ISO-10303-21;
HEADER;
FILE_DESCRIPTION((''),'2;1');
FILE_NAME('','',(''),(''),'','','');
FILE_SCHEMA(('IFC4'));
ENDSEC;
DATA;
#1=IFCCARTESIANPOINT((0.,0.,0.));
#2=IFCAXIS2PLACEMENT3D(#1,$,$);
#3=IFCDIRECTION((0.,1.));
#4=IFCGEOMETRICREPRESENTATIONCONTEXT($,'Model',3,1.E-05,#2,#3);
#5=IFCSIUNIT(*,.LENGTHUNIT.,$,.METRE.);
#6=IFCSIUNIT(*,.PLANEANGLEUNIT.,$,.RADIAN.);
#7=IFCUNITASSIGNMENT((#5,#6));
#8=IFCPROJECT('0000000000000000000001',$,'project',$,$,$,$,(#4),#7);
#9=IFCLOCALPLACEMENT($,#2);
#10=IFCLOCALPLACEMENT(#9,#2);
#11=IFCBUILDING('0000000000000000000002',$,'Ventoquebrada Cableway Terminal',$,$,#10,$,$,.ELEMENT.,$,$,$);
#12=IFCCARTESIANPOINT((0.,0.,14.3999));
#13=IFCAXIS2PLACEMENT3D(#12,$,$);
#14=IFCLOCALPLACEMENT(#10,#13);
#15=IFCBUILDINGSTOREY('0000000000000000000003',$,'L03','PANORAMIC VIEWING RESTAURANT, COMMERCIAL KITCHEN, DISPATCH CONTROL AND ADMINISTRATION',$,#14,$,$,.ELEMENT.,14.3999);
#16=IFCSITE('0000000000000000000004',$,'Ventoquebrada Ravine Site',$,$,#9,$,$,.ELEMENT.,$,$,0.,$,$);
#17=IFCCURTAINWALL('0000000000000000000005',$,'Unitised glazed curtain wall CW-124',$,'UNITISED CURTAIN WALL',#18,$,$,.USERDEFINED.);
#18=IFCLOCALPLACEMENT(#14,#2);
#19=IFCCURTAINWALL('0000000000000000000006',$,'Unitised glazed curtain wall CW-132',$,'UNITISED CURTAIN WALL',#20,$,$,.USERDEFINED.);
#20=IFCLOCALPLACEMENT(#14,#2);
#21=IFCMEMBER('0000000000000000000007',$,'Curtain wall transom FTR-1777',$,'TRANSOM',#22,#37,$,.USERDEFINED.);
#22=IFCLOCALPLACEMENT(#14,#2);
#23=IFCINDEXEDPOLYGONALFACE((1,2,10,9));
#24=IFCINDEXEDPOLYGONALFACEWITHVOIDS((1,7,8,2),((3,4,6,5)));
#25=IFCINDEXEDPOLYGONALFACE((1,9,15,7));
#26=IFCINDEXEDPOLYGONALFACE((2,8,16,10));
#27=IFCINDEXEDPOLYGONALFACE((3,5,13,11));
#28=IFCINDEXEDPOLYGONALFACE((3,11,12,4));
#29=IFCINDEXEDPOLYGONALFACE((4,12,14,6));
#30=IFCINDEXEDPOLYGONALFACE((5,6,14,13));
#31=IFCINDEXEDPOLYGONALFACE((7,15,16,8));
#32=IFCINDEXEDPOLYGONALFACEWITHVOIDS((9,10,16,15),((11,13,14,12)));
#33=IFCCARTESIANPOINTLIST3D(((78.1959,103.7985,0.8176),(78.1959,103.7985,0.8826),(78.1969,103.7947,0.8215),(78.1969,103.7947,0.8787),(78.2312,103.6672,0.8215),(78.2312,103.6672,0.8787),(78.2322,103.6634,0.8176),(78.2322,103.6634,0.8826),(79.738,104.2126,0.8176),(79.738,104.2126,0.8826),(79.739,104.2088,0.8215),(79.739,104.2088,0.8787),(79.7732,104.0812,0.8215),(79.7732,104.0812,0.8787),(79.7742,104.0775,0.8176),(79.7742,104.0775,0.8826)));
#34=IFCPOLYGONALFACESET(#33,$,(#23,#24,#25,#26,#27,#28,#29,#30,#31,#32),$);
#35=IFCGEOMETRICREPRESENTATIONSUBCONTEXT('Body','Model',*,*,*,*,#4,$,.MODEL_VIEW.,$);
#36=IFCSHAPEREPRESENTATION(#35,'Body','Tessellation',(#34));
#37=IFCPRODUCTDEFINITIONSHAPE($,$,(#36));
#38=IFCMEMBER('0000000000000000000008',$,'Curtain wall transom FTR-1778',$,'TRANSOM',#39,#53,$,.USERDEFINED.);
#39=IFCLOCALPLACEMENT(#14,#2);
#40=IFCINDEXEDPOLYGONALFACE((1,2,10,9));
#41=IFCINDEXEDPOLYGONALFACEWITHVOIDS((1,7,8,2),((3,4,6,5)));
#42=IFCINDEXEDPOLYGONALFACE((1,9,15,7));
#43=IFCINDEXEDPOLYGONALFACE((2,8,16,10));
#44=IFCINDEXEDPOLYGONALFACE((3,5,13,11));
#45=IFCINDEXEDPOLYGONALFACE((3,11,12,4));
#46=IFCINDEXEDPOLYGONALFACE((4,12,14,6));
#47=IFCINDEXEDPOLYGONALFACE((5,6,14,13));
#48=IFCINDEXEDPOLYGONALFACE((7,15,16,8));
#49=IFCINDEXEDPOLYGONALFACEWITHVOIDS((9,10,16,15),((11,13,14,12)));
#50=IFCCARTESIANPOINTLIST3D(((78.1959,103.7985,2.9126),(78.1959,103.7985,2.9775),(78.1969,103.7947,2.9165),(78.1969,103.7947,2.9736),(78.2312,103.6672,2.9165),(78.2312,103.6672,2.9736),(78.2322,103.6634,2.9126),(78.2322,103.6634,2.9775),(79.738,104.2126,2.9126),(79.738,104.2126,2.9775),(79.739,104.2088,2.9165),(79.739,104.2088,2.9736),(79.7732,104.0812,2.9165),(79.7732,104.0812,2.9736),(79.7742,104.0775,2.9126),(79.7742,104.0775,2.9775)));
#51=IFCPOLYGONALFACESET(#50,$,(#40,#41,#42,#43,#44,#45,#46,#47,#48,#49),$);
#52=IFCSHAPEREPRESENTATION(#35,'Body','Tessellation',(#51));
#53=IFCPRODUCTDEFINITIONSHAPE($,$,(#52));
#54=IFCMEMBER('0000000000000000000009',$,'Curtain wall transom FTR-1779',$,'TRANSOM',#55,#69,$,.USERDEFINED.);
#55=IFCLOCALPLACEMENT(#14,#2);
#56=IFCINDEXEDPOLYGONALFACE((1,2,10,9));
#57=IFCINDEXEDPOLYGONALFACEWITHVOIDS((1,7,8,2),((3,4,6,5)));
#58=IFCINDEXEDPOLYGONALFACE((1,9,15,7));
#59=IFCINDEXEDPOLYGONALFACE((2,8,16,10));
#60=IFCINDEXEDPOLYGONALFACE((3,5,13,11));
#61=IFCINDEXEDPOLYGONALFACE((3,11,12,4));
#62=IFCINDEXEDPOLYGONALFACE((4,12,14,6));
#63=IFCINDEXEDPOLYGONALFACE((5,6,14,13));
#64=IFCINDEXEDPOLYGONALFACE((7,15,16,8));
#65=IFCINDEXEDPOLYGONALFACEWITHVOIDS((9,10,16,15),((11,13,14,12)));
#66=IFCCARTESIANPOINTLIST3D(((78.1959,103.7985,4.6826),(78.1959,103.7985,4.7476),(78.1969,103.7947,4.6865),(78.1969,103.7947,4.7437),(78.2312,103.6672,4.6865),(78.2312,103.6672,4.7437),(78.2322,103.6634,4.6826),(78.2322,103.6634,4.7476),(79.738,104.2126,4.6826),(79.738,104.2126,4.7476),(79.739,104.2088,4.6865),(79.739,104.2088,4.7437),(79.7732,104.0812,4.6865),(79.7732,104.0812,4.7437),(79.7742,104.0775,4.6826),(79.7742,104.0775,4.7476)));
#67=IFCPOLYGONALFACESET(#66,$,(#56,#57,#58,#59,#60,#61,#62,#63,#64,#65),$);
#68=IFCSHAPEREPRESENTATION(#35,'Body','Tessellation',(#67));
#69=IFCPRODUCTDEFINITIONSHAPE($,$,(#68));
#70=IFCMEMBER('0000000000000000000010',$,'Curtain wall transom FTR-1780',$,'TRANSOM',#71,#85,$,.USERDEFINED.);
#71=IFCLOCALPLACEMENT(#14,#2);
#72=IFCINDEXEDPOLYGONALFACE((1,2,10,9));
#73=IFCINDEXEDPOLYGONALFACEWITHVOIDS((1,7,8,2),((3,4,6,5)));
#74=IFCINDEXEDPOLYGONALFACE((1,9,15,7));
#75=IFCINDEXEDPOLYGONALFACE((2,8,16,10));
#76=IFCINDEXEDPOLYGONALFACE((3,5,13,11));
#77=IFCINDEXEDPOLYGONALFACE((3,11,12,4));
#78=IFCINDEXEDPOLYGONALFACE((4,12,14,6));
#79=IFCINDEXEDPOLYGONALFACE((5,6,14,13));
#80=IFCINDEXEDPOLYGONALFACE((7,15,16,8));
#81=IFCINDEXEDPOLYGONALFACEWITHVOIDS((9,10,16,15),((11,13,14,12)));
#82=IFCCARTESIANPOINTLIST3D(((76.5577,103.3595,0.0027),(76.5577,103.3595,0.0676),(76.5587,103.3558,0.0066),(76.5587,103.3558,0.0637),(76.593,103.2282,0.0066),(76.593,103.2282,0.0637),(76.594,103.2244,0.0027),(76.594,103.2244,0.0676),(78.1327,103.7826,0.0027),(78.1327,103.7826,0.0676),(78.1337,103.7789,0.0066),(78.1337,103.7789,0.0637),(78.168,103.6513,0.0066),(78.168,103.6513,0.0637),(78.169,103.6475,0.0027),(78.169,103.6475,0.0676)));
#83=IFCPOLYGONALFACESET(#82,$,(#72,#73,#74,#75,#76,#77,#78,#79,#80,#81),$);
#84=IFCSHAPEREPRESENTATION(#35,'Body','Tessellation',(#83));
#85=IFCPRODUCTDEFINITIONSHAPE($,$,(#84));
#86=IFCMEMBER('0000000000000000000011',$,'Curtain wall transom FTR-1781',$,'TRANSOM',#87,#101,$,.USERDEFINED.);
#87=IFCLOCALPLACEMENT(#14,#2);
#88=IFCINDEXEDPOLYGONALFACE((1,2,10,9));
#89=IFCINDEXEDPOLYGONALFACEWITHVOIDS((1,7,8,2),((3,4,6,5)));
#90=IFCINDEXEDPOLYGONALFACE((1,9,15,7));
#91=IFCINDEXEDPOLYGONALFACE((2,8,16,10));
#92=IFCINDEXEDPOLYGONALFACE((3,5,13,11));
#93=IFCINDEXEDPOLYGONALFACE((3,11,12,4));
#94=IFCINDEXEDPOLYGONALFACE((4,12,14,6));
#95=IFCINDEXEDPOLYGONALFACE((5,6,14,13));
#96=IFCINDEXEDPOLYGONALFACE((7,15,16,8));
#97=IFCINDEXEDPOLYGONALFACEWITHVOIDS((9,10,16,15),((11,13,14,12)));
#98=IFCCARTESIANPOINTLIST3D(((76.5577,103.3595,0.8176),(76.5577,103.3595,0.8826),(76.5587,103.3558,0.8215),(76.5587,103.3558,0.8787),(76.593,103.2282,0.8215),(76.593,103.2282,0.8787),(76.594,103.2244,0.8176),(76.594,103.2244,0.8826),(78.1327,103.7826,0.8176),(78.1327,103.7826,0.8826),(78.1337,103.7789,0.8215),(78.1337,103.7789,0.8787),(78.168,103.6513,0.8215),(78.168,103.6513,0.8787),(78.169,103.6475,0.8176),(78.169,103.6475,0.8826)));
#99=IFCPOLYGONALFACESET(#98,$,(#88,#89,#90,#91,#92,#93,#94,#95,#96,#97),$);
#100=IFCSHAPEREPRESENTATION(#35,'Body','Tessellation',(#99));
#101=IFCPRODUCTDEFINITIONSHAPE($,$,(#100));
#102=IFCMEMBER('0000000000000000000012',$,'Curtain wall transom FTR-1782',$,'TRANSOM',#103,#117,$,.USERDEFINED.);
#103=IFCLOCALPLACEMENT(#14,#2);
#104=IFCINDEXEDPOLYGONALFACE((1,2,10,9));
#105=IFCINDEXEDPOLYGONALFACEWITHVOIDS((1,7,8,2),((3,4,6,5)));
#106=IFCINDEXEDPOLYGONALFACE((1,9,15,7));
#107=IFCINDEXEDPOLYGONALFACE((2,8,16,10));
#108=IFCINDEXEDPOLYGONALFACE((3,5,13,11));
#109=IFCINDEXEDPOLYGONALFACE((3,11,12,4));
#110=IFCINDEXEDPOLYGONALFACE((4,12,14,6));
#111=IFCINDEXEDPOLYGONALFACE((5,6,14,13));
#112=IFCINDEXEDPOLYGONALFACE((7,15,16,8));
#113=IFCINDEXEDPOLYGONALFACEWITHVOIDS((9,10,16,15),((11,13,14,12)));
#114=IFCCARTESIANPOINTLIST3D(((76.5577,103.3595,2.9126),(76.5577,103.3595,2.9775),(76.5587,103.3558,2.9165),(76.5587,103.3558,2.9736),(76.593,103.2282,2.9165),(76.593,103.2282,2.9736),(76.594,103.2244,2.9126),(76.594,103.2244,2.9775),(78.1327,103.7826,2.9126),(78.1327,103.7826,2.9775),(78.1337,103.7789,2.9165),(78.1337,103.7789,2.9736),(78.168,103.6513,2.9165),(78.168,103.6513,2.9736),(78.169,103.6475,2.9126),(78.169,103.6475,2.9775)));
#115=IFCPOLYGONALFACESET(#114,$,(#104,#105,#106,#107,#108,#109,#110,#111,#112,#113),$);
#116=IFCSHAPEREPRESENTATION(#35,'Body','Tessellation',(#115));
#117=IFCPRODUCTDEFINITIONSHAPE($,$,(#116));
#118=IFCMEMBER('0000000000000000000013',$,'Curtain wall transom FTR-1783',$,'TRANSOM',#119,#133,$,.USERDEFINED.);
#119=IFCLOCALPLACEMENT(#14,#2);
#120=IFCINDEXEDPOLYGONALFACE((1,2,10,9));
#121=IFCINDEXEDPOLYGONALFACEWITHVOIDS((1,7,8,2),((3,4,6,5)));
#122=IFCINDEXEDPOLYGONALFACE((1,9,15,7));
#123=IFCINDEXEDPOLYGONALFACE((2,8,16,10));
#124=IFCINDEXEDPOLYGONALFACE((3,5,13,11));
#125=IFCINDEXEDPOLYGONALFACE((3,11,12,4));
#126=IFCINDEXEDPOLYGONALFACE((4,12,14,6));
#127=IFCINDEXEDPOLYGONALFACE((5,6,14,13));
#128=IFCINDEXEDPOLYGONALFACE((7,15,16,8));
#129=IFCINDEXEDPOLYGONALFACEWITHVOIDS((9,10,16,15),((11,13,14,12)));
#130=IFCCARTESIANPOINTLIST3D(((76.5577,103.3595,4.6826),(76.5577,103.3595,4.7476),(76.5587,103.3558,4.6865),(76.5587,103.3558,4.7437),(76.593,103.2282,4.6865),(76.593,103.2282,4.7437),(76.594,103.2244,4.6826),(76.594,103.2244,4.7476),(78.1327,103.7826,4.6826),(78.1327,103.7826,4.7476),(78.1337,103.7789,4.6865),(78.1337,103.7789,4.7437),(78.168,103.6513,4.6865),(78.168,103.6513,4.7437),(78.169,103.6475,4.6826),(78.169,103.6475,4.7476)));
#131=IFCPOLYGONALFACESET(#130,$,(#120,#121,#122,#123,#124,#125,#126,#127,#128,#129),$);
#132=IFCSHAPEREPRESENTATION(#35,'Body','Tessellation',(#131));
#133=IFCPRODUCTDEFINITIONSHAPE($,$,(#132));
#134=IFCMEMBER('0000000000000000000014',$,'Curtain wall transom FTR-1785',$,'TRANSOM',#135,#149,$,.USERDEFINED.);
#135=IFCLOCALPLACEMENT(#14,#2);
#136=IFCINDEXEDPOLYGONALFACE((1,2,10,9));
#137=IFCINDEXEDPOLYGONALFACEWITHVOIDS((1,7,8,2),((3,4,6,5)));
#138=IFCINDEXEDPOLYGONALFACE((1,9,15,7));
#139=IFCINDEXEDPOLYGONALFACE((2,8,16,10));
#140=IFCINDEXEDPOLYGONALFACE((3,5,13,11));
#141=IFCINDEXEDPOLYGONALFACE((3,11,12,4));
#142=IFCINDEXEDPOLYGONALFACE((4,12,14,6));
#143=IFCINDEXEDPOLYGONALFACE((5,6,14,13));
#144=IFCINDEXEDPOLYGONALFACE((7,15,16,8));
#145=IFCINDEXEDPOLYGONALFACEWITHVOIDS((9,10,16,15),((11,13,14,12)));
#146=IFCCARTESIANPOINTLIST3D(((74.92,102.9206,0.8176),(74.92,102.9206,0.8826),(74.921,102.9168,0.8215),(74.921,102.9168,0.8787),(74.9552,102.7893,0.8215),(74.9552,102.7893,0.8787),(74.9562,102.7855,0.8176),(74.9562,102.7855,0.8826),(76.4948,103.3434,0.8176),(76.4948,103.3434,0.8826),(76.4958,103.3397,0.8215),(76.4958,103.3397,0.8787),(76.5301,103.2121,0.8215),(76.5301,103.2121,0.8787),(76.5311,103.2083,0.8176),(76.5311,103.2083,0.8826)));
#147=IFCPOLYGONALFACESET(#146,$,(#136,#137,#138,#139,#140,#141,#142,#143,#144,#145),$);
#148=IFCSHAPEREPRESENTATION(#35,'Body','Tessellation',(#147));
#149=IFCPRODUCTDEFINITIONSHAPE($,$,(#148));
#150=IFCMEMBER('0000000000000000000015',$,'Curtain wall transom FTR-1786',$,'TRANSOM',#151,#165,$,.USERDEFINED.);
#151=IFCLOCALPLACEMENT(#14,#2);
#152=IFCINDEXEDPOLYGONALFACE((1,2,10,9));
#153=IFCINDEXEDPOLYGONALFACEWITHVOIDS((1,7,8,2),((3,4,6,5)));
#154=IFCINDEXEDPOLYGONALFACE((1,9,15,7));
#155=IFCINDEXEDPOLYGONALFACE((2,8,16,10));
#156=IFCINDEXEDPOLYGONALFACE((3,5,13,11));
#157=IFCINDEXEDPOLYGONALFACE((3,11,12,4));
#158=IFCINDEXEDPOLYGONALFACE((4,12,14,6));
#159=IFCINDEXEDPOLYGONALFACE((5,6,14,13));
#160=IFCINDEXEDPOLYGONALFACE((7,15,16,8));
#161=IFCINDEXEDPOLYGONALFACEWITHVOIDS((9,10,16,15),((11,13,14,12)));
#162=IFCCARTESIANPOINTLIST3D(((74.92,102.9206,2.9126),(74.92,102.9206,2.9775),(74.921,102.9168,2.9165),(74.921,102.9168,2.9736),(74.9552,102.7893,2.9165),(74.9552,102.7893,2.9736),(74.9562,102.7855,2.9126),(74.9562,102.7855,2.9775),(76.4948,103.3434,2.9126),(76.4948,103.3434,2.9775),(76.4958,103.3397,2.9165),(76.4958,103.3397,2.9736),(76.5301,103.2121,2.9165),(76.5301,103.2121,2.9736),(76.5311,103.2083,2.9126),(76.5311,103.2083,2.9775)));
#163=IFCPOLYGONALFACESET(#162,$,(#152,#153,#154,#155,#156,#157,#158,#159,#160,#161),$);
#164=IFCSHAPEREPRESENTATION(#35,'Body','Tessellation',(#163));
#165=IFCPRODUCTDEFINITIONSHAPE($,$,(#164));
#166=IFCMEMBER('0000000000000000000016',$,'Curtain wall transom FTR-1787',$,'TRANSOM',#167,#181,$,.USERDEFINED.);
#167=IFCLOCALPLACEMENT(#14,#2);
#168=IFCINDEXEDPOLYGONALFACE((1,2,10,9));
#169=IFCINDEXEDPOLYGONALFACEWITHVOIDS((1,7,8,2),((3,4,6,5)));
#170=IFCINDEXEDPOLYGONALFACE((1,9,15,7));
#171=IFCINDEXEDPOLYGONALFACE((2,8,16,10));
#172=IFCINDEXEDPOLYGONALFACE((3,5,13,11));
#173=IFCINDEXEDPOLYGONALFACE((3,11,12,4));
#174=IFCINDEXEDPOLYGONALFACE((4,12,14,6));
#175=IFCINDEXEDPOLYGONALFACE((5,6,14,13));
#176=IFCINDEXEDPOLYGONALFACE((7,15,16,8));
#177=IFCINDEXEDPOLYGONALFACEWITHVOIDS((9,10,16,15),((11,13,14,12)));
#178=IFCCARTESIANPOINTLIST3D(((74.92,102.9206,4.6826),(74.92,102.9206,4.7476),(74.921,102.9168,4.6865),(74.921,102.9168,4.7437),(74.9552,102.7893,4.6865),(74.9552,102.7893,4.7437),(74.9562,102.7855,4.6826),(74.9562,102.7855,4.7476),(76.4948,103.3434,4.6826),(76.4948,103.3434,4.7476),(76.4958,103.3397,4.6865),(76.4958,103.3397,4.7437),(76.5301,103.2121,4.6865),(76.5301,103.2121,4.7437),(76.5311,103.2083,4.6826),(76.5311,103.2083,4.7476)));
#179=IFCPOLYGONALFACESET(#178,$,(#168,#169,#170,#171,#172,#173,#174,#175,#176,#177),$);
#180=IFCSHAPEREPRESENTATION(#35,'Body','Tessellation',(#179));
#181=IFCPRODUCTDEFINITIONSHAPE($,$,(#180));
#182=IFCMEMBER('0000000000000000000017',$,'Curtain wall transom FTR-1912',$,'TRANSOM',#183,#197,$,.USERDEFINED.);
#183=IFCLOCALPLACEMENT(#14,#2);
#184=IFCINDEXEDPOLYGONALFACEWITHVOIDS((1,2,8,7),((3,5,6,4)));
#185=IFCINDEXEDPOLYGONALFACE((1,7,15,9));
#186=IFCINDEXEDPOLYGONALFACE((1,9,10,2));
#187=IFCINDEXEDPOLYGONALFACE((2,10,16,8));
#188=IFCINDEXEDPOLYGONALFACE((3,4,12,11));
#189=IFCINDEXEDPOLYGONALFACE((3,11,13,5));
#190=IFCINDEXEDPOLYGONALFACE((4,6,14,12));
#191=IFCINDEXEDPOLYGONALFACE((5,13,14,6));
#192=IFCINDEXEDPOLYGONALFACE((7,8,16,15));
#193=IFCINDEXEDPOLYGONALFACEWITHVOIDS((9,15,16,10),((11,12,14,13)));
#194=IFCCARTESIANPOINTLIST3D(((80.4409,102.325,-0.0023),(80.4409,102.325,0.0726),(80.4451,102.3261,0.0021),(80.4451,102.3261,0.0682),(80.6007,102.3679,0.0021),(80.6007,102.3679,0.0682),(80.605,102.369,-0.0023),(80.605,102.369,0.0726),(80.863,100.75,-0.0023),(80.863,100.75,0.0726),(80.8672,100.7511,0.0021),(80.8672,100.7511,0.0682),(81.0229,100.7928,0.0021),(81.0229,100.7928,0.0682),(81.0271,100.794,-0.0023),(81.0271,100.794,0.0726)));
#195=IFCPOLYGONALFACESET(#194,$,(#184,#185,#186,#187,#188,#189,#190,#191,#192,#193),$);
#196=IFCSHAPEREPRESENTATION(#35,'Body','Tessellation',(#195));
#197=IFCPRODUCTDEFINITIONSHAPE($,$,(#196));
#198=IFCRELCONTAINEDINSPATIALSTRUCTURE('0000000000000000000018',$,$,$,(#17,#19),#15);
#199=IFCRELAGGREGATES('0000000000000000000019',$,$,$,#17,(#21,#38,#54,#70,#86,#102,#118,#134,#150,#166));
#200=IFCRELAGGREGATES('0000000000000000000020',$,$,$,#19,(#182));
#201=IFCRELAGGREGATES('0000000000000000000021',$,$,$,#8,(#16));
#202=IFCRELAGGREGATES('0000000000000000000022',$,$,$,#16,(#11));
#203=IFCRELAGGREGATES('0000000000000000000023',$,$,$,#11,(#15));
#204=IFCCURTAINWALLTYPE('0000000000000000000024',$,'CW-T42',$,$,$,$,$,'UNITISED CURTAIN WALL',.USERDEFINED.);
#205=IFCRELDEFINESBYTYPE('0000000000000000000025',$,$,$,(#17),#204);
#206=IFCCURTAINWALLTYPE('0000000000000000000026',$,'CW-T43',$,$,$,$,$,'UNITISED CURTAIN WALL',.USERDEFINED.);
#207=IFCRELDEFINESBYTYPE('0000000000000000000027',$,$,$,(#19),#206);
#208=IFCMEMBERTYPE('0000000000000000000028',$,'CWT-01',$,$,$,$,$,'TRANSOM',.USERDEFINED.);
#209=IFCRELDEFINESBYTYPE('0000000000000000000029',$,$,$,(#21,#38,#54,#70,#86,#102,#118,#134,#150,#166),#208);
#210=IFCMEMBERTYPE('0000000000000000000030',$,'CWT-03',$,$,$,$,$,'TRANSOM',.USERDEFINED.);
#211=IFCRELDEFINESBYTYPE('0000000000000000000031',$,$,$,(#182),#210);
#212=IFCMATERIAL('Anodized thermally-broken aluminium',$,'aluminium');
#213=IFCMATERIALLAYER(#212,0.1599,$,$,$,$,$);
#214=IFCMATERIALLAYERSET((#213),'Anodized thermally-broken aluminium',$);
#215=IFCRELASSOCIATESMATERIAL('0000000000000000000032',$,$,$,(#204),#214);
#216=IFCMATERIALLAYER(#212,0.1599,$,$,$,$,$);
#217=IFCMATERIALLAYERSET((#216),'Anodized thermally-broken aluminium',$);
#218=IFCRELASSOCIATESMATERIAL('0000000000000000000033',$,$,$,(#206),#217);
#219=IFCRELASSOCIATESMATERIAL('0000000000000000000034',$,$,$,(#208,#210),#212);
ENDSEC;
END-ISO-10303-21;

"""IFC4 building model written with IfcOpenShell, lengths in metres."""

from ifc_helpers import new_model, si_unit, direction, frame, origin, origin_2d, place, context, subcontext, project, spatial, hollow_rectangle, extrude, material, layer, layer_set, material_profile, profile_set, type_object, element, aggregate, save


model = new_model("IFC4")

# Units and contexts
model_context = context("Model", 3, precision=1e-05, world=origin(), true_north=direction((0.0, 1.0)))
body_context = subcontext(model_context, "Body", "Model", "MODEL_VIEW")
ifc_project = project(units=[si_unit("LENGTHUNIT", "METRE"), si_unit("PLANEANGLEUNIT", "RADIAN")], contexts=[model_context])

# Site, building, storey
site_placement = place(None, origin())
site = spatial("IfcSite", under=ifc_project, at=site_placement, Name="Ventoquebrada Ravine Site", CompositionType="ELEMENT", RefElevation=0.0)
building_placement = place(site_placement, origin())
building = spatial("IfcBuilding", under=site, at=building_placement, Name="Ventoquebrada Cableway Terminal", CompositionType="ELEMENT")
storey_placement = place(building_placement, frame((0.0, 0.0, 14.3999)))
storey = spatial("IfcBuildingStorey", under=building, at=storey_placement, Name="L03", Description="PANORAMIC VIEWING RESTAURANT, COMMERCIAL KITCHEN, DISPATCH CONTROL AND ADMINISTRATION", CompositionType="ELEMENT", Elevation=14.3999)

# Curtain walls
ifc_material_1 = material(Name="Anodized thermally-broken aluminium", Category="aluminium")
ifc_layer_1 = layer(ifc_material_1, 0.1599)
ifc_layer_set_1 = layer_set([ifc_layer_1], Name="Anodized thermally-broken aluminium")
curtain_wall_type_1 = type_object("IfcCurtainWallType", Name="CW-T42", ElementType="UNITISED CURTAIN WALL", PredefinedType="USERDEFINED", material=ifc_layer_set_1)
curtain_wall_1_placement = place(storey_placement, origin())
curtain_wall_1 = element("IfcCurtainWall", 1, at=curtain_wall_1_placement, inside=storey, type_object=curtain_wall_type_1, Name="Unitised glazed curtain wall CW-124", ObjectType="UNITISED CURTAIN WALL", PredefinedType="USERDEFINED")
ifc_layer_2 = layer(ifc_material_1, 0.1599)
ifc_layer_set_2 = layer_set([ifc_layer_2], Name="Anodized thermally-broken aluminium")
curtain_wall_type_2 = type_object("IfcCurtainWallType", Name="CW-T43", ElementType="UNITISED CURTAIN WALL", PredefinedType="USERDEFINED", material=ifc_layer_set_2)
curtain_wall_2_placement = place(storey_placement, origin())
curtain_wall_2 = element("IfcCurtainWall", 2, at=curtain_wall_2_placement, inside=storey, type_object=curtain_wall_type_2, Name="Unitised glazed curtain wall CW-132", ObjectType="UNITISED CURTAIN WALL", PredefinedType="USERDEFINED")

# Members
ifc_material_profile_1 = material_profile(ifc_material_1, hollow_rectangle(XDim=0.0649, YDim=0.1399, WallThickness=0.0039, at=origin_2d()), Name="CW-TRN-65X140")
ifc_profile_set_1 = profile_set([ifc_material_profile_1], Name="Anodized thermally-broken aluminium")
member_type_1 = type_object("IfcMemberType", Name="CWT-01", ElementType="TRANSOM", PredefinedType="USERDEFINED", material=ifc_profile_set_1)
member_1_placement = place(storey_placement, frame((79.7561, 104.145, 0.8501), z_axis=(-0.965787, -0.259337, 0.0), x_axis=(0.0, 0.0, 1.0)))
member_1 = element("IfcMember", 3, at=member_1_placement, type_object=member_type_1, Name="Curtain wall transom FTR-1777", ObjectType="TRANSOM", PredefinedType="USERDEFINED", context=body_context, shape_type="SweptSolid", body=[
    extrude(hollow_rectangle(XDim=0.0649, YDim=0.1399, WallThickness=0.0039, at=origin_2d()), origin(), (0.0, 0.0, 1.0), 1.5967),
])
member_2_placement = place(storey_placement, frame((79.7561, 104.145, 2.9451), z_axis=(-0.965787, -0.259337, 0.0), x_axis=(0.0, 0.0, 1.0)))
member_2 = element("IfcMember", 4, at=member_2_placement, type_object=member_type_1, Name="Curtain wall transom FTR-1778", ObjectType="TRANSOM", PredefinedType="USERDEFINED", context=body_context, shape_type="SweptSolid", body=[
    extrude(hollow_rectangle(XDim=0.0649, YDim=0.1399, WallThickness=0.0039, at=origin_2d()), origin(), (0.0, 0.0, 1.0), 1.5967),
])
member_3_placement = place(storey_placement, frame((79.7561, 104.145, 4.7151), z_axis=(-0.965787, -0.259337, 0.0), x_axis=(0.0, 0.0, 1.0)))
member_3 = element("IfcMember", 5, at=member_3_placement, type_object=member_type_1, Name="Curtain wall transom FTR-1779", ObjectType="TRANSOM", PredefinedType="USERDEFINED", context=body_context, shape_type="SweptSolid", body=[
    extrude(hollow_rectangle(XDim=0.0649, YDim=0.1399, WallThickness=0.0039, at=origin_2d()), origin(), (0.0, 0.0, 1.0), 1.5967),
])
member_4_placement = place(storey_placement, frame((78.1509, 103.7151, 0.0352), z_axis=(-0.965759, -0.259442, 0.0), x_axis=(0.0, 0.0, 1.0)))
member_4 = element("IfcMember", 6, at=member_4_placement, type_object=member_type_1, Name="Curtain wall transom FTR-1780", ObjectType="TRANSOM", PredefinedType="USERDEFINED", context=body_context, shape_type="SweptSolid", body=[
    extrude(hollow_rectangle(XDim=0.0649, YDim=0.1399, WallThickness=0.0039, at=origin_2d()), origin(), (0.0, 0.0, 1.0), 1.6309),
])
member_5_placement = place(storey_placement, frame((78.1509, 103.7151, 0.8501), z_axis=(-0.965759, -0.259442, 0.0), x_axis=(0.0, 0.0, 1.0)))
member_5 = element("IfcMember", 7, at=member_5_placement, type_object=member_type_1, Name="Curtain wall transom FTR-1781", ObjectType="TRANSOM", PredefinedType="USERDEFINED", context=body_context, shape_type="SweptSolid", body=[
    extrude(hollow_rectangle(XDim=0.0649, YDim=0.1399, WallThickness=0.0039, at=origin_2d()), origin(), (0.0, 0.0, 1.0), 1.6309),
])
member_6_placement = place(storey_placement, frame((78.1509, 103.7151, 2.9451), z_axis=(-0.965759, -0.259442, 0.0), x_axis=(0.0, 0.0, 1.0)))
member_6 = element("IfcMember", 8, at=member_6_placement, type_object=member_type_1, Name="Curtain wall transom FTR-1782", ObjectType="TRANSOM", PredefinedType="USERDEFINED", context=body_context, shape_type="SweptSolid", body=[
    extrude(hollow_rectangle(XDim=0.0649, YDim=0.1399, WallThickness=0.0039, at=origin_2d()), origin(), (0.0, 0.0, 1.0), 1.6309),
])
member_7_placement = place(storey_placement, frame((78.1509, 103.7151, 4.7151), z_axis=(-0.965759, -0.259442, 0.0), x_axis=(0.0, 0.0, 1.0)))
member_7 = element("IfcMember", 9, at=member_7_placement, type_object=member_type_1, Name="Curtain wall transom FTR-1783", ObjectType="TRANSOM", PredefinedType="USERDEFINED", context=body_context, shape_type="SweptSolid", body=[
    extrude(hollow_rectangle(XDim=0.0649, YDim=0.1399, WallThickness=0.0039, at=origin_2d()), origin(), (0.0, 0.0, 1.0), 1.6309),
])
member_8_placement = place(storey_placement, frame((76.5129, 103.2759, 0.8501), z_axis=(-0.965796, -0.259302, 0.0), x_axis=(0.0, 0.0, 1.0)))
member_8 = element("IfcMember", 10, at=member_8_placement, type_object=member_type_1, Name="Curtain wall transom FTR-1785", ObjectType="TRANSOM", PredefinedType="USERDEFINED", context=body_context, shape_type="SweptSolid", body=[
    extrude(hollow_rectangle(XDim=0.0649, YDim=0.1399, WallThickness=0.0039, at=origin_2d()), origin(), (0.0, 0.0, 1.0), 1.6306),
])
member_9_placement = place(storey_placement, frame((76.5129, 103.2759, 2.9451), z_axis=(-0.965796, -0.259302, 0.0), x_axis=(0.0, 0.0, 1.0)))
member_9 = element("IfcMember", 11, at=member_9_placement, type_object=member_type_1, Name="Curtain wall transom FTR-1786", ObjectType="TRANSOM", PredefinedType="USERDEFINED", context=body_context, shape_type="SweptSolid", body=[
    extrude(hollow_rectangle(XDim=0.0649, YDim=0.1399, WallThickness=0.0039, at=origin_2d()), origin(), (0.0, 0.0, 1.0), 1.6306),
])
member_10_placement = place(storey_placement, frame((76.5129, 103.2759, 4.7151), z_axis=(-0.965796, -0.259302, 0.0), x_axis=(0.0, 0.0, 1.0)))
member_10 = element("IfcMember", 12, at=member_10_placement, type_object=member_type_1, Name="Curtain wall transom FTR-1787", ObjectType="TRANSOM", PredefinedType="USERDEFINED", context=body_context, shape_type="SweptSolid", body=[
    extrude(hollow_rectangle(XDim=0.0649, YDim=0.1399, WallThickness=0.0039, at=origin_2d()), origin(), (0.0, 0.0, 1.0), 1.6306),
])
ifc_material_profile_2 = material_profile(ifc_material_1, hollow_rectangle(XDim=0.075, YDim=0.1699, WallThickness=0.0044, at=origin_2d()), Name="CW-TRN-75X170")
ifc_profile_set_2 = profile_set([ifc_material_profile_2], Name="Anodized thermally-broken aluminium")
member_type_2 = type_object("IfcMemberType", Name="CWT-03", ElementType="TRANSOM", PredefinedType="USERDEFINED", material=ifc_profile_set_2)
member_11_placement = place(storey_placement, frame((80.9451, 100.772, 0.0352), z_axis=(-0.258883, 0.965909, 0.0), x_axis=(0.0, 0.0, 1.0)))
member_11 = element("IfcMember", 13, at=member_11_placement, type_object=member_type_2, Name="Curtain wall transom FTR-1912", ObjectType="TRANSOM", PredefinedType="USERDEFINED", context=body_context, shape_type="SweptSolid", body=[
    extrude(hollow_rectangle(XDim=0.075, YDim=0.1699, WallThickness=0.0044, at=origin_2d()), origin(), (0.0, 0.0, 1.0), 1.6306),
])

aggregate(curtain_wall_1, [member_1, member_2, member_3, member_4, member_5, member_6, member_7, member_8, member_9, member_10])
aggregate(curtain_wall_2, [member_11])

save(model, "model.ifc")
